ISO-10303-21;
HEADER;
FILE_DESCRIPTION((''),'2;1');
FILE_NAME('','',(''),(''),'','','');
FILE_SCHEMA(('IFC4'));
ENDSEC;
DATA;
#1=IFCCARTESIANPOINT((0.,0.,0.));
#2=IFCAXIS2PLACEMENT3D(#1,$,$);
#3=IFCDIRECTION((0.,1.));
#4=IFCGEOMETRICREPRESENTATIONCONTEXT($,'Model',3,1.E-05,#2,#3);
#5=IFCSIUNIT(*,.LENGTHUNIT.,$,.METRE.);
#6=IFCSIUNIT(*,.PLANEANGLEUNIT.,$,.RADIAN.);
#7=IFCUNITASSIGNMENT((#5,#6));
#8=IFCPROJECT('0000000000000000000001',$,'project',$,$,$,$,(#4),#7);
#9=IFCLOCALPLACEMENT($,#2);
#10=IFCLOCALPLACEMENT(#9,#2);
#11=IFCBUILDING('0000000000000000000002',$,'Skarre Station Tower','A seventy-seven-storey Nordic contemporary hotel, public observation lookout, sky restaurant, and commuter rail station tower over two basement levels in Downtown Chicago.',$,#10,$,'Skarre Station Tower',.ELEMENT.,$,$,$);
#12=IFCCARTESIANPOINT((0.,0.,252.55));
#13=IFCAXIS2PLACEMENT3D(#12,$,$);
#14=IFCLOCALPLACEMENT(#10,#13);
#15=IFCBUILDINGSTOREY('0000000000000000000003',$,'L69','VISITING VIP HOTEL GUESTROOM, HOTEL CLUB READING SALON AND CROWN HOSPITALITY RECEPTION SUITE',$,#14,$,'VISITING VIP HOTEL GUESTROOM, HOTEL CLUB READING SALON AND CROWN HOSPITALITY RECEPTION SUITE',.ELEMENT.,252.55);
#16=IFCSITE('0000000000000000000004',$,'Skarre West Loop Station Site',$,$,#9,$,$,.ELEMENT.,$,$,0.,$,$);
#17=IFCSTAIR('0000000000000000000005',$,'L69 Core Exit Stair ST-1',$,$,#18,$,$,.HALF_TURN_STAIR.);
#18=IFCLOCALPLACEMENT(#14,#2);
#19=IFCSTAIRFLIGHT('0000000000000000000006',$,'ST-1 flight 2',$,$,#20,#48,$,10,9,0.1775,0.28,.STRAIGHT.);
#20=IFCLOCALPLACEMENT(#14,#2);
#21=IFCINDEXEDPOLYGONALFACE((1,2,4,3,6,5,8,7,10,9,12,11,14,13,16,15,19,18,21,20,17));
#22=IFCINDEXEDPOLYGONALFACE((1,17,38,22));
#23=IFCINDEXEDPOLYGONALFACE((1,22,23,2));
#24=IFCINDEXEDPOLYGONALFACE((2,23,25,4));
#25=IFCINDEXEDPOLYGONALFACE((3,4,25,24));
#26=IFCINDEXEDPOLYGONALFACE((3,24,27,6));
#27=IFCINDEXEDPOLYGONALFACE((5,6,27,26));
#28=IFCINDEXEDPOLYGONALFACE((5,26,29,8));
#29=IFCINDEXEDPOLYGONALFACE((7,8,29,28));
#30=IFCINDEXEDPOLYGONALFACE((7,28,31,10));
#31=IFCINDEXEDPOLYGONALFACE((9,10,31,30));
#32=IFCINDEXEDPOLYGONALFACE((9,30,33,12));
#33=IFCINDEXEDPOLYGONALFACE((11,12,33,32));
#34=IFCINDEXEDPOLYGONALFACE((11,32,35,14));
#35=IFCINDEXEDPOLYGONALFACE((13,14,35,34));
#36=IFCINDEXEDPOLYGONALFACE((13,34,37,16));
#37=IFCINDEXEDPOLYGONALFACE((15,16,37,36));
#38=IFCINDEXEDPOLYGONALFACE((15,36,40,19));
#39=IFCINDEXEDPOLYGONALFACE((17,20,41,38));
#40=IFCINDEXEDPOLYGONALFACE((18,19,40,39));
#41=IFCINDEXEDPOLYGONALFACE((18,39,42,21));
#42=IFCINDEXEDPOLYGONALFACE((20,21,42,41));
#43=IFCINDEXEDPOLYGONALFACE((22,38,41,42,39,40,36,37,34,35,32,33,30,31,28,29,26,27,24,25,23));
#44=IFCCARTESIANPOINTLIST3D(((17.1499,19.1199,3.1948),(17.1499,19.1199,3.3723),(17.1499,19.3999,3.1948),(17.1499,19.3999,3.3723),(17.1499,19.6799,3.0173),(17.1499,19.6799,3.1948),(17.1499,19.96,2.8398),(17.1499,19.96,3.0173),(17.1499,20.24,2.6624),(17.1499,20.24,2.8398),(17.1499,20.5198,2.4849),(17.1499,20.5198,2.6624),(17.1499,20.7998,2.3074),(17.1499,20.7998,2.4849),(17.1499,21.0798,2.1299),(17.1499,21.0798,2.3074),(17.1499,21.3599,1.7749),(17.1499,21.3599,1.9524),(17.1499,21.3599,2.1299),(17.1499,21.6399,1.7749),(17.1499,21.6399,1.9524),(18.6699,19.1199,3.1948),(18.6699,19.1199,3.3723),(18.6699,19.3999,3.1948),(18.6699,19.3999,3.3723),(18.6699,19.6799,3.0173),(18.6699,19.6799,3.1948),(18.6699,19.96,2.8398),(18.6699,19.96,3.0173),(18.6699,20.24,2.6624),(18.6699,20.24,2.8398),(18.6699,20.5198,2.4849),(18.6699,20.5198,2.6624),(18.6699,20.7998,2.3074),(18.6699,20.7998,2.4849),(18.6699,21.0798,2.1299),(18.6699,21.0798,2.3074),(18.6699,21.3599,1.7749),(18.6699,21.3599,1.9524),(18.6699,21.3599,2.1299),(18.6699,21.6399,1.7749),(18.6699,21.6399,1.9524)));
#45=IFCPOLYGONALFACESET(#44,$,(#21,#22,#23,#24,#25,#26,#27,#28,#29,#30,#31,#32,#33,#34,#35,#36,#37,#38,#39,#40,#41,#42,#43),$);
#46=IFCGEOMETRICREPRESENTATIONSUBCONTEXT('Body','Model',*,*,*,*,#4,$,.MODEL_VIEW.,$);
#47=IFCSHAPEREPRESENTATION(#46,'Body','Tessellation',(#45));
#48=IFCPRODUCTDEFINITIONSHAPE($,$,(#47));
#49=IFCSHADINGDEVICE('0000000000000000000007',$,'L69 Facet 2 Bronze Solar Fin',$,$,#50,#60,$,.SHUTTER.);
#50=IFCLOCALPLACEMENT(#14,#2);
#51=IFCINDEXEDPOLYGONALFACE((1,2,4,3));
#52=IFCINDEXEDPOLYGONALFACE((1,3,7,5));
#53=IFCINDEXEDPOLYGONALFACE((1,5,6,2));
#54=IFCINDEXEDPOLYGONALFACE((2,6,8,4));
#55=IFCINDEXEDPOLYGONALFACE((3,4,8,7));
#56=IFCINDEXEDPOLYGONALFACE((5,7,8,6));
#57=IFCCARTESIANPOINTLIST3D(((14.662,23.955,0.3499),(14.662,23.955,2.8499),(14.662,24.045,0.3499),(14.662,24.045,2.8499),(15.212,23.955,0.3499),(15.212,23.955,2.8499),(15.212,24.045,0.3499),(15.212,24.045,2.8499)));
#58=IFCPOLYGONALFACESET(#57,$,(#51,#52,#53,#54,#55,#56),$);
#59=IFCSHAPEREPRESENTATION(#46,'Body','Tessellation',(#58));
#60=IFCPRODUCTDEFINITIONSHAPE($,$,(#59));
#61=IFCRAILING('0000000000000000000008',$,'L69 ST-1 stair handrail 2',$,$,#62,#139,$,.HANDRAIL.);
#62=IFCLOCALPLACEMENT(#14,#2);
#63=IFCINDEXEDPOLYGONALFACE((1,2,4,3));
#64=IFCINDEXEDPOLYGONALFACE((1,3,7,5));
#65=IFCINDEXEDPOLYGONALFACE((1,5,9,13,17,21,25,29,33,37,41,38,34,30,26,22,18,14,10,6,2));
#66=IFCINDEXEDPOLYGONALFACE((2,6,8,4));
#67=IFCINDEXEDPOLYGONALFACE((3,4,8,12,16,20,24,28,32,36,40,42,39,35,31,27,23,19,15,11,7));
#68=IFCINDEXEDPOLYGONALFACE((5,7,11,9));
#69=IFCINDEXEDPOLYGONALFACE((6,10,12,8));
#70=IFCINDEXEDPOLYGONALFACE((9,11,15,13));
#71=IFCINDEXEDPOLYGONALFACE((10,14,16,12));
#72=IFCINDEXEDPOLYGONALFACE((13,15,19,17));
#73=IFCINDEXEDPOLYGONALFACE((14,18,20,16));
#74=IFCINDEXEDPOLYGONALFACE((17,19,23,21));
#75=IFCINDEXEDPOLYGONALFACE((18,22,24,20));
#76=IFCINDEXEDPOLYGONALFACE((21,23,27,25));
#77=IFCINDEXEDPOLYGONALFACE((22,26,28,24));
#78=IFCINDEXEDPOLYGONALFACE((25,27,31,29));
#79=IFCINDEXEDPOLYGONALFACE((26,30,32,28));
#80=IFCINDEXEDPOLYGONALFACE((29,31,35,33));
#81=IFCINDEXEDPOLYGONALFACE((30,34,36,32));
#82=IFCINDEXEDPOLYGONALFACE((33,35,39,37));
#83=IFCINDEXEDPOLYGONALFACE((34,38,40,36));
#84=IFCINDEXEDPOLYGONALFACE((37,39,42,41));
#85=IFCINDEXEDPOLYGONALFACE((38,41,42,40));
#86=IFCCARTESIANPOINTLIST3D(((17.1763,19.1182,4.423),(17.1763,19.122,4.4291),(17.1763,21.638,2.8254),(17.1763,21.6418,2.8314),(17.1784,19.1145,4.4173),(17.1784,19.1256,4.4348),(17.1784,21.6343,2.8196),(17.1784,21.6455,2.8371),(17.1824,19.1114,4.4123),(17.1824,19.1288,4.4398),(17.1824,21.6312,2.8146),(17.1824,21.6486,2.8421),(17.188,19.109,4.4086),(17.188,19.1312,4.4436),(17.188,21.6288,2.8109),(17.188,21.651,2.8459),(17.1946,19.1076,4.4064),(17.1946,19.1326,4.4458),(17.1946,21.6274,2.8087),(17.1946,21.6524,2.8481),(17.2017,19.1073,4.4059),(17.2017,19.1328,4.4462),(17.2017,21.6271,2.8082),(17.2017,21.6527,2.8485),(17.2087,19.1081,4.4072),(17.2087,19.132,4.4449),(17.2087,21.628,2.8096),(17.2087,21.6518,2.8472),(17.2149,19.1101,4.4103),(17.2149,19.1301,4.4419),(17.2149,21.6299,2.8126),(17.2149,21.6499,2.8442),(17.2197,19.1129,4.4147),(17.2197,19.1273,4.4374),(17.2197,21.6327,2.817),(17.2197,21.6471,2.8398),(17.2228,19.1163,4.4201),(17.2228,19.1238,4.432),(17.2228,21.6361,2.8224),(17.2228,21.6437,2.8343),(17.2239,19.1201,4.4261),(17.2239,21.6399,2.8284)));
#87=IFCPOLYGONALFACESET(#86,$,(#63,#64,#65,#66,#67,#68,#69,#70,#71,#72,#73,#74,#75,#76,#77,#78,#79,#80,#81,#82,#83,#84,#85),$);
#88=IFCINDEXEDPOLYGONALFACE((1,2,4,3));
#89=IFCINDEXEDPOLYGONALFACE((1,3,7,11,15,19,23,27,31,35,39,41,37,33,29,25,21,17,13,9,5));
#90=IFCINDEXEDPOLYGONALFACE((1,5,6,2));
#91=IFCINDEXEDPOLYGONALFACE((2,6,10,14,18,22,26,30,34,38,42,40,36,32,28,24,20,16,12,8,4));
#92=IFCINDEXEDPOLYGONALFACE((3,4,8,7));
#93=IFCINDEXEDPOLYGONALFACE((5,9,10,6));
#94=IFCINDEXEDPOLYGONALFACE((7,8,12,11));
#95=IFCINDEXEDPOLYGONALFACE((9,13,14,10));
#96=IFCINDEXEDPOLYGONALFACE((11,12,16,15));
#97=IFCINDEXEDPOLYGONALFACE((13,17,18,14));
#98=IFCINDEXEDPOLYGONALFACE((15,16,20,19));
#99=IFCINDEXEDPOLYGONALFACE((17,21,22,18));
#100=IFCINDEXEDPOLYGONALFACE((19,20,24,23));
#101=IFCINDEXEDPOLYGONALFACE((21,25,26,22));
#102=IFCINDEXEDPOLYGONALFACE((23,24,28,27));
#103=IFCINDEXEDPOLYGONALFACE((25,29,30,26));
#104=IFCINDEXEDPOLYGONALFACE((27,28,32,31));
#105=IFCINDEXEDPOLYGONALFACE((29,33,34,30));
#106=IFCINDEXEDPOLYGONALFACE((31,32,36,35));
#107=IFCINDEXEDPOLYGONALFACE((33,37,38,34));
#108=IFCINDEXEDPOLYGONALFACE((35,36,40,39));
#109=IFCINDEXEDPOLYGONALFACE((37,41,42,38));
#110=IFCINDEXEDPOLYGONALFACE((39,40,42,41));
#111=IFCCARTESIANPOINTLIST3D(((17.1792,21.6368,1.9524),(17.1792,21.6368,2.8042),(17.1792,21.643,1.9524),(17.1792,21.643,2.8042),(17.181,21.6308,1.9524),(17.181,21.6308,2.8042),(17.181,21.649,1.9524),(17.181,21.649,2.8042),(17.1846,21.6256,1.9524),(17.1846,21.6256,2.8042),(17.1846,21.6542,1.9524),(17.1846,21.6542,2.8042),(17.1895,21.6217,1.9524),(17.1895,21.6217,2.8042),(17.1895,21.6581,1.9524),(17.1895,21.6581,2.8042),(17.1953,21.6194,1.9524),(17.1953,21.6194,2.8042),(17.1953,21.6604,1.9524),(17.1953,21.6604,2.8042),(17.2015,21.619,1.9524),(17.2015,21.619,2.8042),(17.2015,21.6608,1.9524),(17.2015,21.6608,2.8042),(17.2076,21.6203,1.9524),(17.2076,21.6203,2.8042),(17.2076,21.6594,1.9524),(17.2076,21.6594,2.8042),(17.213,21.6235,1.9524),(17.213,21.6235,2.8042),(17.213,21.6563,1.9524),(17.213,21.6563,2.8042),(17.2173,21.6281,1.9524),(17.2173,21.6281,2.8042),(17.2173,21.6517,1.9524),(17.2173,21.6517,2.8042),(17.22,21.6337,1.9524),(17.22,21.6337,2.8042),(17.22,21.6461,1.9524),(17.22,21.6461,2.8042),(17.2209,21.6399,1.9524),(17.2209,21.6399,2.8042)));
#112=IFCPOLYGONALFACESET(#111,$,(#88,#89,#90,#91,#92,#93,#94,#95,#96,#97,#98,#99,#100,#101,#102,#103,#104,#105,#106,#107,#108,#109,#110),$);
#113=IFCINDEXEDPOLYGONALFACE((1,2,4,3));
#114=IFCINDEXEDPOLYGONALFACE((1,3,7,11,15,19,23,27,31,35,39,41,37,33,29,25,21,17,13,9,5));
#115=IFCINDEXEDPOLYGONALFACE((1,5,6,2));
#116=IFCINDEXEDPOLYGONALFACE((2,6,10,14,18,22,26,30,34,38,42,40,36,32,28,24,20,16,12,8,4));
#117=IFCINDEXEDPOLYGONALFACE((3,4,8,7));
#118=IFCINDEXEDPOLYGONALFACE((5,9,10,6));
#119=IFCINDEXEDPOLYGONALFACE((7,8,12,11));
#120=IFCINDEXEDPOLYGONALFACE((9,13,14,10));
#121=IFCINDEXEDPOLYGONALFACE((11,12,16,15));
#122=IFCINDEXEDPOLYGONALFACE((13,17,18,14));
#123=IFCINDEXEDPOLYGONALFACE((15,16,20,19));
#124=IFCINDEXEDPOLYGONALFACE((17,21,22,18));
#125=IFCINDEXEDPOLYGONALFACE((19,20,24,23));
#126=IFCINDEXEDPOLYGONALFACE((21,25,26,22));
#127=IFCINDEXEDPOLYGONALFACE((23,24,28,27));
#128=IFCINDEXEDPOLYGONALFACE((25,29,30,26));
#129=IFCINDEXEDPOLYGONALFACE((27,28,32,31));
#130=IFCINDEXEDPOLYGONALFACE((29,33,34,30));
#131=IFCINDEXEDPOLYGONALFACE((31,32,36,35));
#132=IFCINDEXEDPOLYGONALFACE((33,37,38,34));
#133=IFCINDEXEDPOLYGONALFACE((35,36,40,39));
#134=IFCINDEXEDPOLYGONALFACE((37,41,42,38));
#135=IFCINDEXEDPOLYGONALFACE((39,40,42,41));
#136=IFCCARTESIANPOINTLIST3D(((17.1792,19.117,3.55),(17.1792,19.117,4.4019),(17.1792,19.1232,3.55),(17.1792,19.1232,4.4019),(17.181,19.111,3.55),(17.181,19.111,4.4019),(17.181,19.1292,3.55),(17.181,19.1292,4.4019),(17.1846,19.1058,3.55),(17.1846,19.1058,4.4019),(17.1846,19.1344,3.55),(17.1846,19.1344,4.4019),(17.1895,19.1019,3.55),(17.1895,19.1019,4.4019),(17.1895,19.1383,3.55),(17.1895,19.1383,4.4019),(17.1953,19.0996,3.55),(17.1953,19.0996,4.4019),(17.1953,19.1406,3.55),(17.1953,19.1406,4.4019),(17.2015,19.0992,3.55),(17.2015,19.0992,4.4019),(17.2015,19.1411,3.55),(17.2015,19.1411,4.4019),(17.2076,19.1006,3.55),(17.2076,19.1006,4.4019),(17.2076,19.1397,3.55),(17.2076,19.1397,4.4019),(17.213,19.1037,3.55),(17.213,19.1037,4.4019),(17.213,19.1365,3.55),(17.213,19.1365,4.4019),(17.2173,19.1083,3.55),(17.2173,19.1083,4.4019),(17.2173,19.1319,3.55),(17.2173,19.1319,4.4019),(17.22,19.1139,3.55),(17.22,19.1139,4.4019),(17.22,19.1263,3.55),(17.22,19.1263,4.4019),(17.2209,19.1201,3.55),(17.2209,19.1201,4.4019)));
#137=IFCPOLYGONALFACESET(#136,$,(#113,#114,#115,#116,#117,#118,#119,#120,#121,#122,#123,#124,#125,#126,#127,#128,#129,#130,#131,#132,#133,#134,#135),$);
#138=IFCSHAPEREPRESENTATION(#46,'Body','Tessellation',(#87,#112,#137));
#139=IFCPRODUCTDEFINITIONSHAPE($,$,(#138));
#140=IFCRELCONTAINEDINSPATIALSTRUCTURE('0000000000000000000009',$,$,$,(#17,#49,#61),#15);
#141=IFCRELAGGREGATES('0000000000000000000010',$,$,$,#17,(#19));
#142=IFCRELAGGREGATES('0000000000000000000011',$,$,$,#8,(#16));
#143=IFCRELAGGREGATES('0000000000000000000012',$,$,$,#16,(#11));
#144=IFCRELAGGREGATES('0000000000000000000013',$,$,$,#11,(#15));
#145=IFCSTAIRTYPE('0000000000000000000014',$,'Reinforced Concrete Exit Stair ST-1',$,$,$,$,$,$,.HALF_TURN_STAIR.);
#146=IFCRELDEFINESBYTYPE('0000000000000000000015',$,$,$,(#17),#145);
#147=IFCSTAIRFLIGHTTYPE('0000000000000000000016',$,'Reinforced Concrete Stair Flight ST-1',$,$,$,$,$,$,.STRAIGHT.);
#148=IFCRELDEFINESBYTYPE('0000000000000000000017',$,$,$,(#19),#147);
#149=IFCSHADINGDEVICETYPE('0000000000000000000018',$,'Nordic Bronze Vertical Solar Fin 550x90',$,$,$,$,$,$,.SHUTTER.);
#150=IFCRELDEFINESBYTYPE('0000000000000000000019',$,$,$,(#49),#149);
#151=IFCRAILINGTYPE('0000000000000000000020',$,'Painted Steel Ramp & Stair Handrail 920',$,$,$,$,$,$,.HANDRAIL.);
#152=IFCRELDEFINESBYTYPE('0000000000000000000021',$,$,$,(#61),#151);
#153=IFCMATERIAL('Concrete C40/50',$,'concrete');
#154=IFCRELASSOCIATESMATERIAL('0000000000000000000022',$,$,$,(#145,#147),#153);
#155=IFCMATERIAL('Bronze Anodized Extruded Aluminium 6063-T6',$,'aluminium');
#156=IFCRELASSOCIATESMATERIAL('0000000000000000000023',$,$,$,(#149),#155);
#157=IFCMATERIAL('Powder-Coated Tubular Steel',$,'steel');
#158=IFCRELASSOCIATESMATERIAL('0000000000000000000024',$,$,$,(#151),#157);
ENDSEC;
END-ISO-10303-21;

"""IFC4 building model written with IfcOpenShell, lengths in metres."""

from ifc_helpers import new_model, si_unit, direction, frame, origin, origin_2d, place, context, subcontext, project, spatial, polyline, rectangle, circle, outline, extrude, material, type_object, element, aggregate, save


model = new_model("IFC4")

# Units and contexts
model_context = context("Model", 3, precision=1e-05, world=origin(), true_north=direction((0.0, 1.0)))
body_context = subcontext(model_context, "Body", "Model", "MODEL_VIEW")
ifc_project = project(units=[si_unit("LENGTHUNIT", "METRE"), si_unit("PLANEANGLEUNIT", "RADIAN")], contexts=[model_context])

# Site, building, storey
site_placement = place(None, origin())
site = spatial("IfcSite", under=ifc_project, at=site_placement, Name="Skarre West Loop Station Site", CompositionType="ELEMENT", RefElevation=0.0)
building_placement = place(site_placement, origin())
building = spatial("IfcBuilding", under=site, at=building_placement, Name="Skarre Station Tower", Description="A seventy-seven-storey Nordic contemporary hotel, public observation lookout, sky restaurant, and commuter rail station tower over two basement levels in Downtown Chicago.", LongName="Skarre Station Tower", CompositionType="ELEMENT")
storey_placement = place(building_placement, frame((0.0, 0.0, 252.55)))
storey = spatial("IfcBuildingStorey", under=building, at=storey_placement, Name="L69", Description="VISITING VIP HOTEL GUESTROOM, HOTEL CLUB READING SALON AND CROWN HOSPITALITY RECEPTION SUITE", LongName="VISITING VIP HOTEL GUESTROOM, HOTEL CLUB READING SALON AND CROWN HOSPITALITY RECEPTION SUITE", CompositionType="ELEMENT", Elevation=252.55)

# Stair, stair flight
ifc_material_1 = material(Name="Concrete C40/50", Category="concrete")
stair_type = type_object("IfcStairType", Name="Reinforced Concrete Exit Stair ST-1", PredefinedType="HALF_TURN_STAIR", material=ifc_material_1)
stair_placement = place(storey_placement, origin())
stair = element("IfcStair", 1, at=stair_placement, inside=storey, type_object=stair_type, Name="L69 Core Exit Stair ST-1", PredefinedType="HALF_TURN_STAIR")
stair_flight_type = type_object("IfcStairFlightType", Name="Reinforced Concrete Stair Flight ST-1", PredefinedType="STRAIGHT", material=ifc_material_1)
stair_flight_placement = place(storey_placement, frame((17.9099, 21.6399, 1.7749), z_axis=(0.0, 0.0, 1.0), x_axis=(0.0, -1.0, 0.0)))
stair_flight = element("IfcStairFlight", 2, at=stair_flight_placement, type_object=stair_flight_type, Name="ST-1 flight 2", NumberOfRisers=10, NumberOfTreads=9, PredefinedType="STRAIGHT", RiserHeight=0.1775, TreadLength=0.28, context=body_context, shape_type="SweptSolid", body=[
    extrude(outline(polyline([(0.0, 0.0), (0.0, 0.1775), (0.28, 0.1775), (0.28, 0.355), (0.5601, 0.355), (0.5601, 0.5325), (0.8401, 0.5325), (0.8401, 0.71), (1.1201, 0.71), (1.1201, 0.8875), (1.3999, 0.8875), (1.3999, 1.0649), (1.6799, 1.0649), (1.6799, 1.2424), (1.96, 1.2424), (1.96, 1.4199), (2.24, 1.4199), (2.24, 1.5974), (2.52, 1.5974), (2.52, 1.7749), (2.52, 1.4199), (0.28, 0.0), (0.0, 0.0)])), frame((0.0, 0.76, 0.0), z_axis=(0.0, -1.0, 0.0), x_axis=(1.0, 0.0, 0.0)), (0.0, 0.0, 1.0), 1.52),
])
aggregate(stair, [stair_flight])

# Shading device
ifc_material_2 = material(Name="Bronze Anodized Extruded Aluminium 6063-T6", Category="aluminium")
shading_device_type = type_object("IfcShadingDeviceType", Name="Nordic Bronze Vertical Solar Fin 550x90", PredefinedType="SHUTTER", material=ifc_material_2)
shading_device_placement = place(storey_placement, frame((14.937, 24.0, 0.3499), z_axis=(0.0, 0.0, 1.0), x_axis=(-1.0, 0.0, 0.0)))
element("IfcShadingDevice", 3, at=shading_device_placement, inside=storey, type_object=shading_device_type, Name="L69 Facet 2 Bronze Solar Fin", PredefinedType="SHUTTER", context=body_context, shape_type="SweptSolid", body=[
    extrude(rectangle(XDim=0.55, YDim=0.0901, at=origin_2d()), origin(), (0.0, 0.0, 1.0), 2.5),
])

# Railing
ifc_material_3 = material(Name="Powder-Coated Tubular Steel", Category="steel")
railing_type_1 = type_object("IfcRailingType", Name="Painted Steel Ramp & Stair Handrail 920", PredefinedType="HANDRAIL", material=ifc_material_3)
railing_1_placement = place(storey_placement, frame((17.2, 21.6399, 1.9524)))
element("IfcRailing", 4, at=railing_1_placement, inside=storey, type_object=railing_type_1, Name="L69 ST-1 stair handrail 2", PredefinedType="HANDRAIL", context=body_context, shape_type="SweptSolid", body=[
    extrude(circle(Radius=0.0239, at=origin_2d()), frame((0.0, 0.0, 0.876), z_axis=(0.0, -0.844546, 0.535482), x_axis=(1.0, 0.0, 0.0)), (0.0, 0.0, 1.0), 2.9836),
    extrude(circle(Radius=0.021, at=origin_2d()), origin(), (0.0, 0.0, 1.0), 0.8518),
    extrude(circle(Radius=0.021, at=origin_2d()), frame((0.0, -2.5198, 1.5977)), (0.0, 0.0, 1.0), 0.8518),
])

save(model, "model.ifc")
